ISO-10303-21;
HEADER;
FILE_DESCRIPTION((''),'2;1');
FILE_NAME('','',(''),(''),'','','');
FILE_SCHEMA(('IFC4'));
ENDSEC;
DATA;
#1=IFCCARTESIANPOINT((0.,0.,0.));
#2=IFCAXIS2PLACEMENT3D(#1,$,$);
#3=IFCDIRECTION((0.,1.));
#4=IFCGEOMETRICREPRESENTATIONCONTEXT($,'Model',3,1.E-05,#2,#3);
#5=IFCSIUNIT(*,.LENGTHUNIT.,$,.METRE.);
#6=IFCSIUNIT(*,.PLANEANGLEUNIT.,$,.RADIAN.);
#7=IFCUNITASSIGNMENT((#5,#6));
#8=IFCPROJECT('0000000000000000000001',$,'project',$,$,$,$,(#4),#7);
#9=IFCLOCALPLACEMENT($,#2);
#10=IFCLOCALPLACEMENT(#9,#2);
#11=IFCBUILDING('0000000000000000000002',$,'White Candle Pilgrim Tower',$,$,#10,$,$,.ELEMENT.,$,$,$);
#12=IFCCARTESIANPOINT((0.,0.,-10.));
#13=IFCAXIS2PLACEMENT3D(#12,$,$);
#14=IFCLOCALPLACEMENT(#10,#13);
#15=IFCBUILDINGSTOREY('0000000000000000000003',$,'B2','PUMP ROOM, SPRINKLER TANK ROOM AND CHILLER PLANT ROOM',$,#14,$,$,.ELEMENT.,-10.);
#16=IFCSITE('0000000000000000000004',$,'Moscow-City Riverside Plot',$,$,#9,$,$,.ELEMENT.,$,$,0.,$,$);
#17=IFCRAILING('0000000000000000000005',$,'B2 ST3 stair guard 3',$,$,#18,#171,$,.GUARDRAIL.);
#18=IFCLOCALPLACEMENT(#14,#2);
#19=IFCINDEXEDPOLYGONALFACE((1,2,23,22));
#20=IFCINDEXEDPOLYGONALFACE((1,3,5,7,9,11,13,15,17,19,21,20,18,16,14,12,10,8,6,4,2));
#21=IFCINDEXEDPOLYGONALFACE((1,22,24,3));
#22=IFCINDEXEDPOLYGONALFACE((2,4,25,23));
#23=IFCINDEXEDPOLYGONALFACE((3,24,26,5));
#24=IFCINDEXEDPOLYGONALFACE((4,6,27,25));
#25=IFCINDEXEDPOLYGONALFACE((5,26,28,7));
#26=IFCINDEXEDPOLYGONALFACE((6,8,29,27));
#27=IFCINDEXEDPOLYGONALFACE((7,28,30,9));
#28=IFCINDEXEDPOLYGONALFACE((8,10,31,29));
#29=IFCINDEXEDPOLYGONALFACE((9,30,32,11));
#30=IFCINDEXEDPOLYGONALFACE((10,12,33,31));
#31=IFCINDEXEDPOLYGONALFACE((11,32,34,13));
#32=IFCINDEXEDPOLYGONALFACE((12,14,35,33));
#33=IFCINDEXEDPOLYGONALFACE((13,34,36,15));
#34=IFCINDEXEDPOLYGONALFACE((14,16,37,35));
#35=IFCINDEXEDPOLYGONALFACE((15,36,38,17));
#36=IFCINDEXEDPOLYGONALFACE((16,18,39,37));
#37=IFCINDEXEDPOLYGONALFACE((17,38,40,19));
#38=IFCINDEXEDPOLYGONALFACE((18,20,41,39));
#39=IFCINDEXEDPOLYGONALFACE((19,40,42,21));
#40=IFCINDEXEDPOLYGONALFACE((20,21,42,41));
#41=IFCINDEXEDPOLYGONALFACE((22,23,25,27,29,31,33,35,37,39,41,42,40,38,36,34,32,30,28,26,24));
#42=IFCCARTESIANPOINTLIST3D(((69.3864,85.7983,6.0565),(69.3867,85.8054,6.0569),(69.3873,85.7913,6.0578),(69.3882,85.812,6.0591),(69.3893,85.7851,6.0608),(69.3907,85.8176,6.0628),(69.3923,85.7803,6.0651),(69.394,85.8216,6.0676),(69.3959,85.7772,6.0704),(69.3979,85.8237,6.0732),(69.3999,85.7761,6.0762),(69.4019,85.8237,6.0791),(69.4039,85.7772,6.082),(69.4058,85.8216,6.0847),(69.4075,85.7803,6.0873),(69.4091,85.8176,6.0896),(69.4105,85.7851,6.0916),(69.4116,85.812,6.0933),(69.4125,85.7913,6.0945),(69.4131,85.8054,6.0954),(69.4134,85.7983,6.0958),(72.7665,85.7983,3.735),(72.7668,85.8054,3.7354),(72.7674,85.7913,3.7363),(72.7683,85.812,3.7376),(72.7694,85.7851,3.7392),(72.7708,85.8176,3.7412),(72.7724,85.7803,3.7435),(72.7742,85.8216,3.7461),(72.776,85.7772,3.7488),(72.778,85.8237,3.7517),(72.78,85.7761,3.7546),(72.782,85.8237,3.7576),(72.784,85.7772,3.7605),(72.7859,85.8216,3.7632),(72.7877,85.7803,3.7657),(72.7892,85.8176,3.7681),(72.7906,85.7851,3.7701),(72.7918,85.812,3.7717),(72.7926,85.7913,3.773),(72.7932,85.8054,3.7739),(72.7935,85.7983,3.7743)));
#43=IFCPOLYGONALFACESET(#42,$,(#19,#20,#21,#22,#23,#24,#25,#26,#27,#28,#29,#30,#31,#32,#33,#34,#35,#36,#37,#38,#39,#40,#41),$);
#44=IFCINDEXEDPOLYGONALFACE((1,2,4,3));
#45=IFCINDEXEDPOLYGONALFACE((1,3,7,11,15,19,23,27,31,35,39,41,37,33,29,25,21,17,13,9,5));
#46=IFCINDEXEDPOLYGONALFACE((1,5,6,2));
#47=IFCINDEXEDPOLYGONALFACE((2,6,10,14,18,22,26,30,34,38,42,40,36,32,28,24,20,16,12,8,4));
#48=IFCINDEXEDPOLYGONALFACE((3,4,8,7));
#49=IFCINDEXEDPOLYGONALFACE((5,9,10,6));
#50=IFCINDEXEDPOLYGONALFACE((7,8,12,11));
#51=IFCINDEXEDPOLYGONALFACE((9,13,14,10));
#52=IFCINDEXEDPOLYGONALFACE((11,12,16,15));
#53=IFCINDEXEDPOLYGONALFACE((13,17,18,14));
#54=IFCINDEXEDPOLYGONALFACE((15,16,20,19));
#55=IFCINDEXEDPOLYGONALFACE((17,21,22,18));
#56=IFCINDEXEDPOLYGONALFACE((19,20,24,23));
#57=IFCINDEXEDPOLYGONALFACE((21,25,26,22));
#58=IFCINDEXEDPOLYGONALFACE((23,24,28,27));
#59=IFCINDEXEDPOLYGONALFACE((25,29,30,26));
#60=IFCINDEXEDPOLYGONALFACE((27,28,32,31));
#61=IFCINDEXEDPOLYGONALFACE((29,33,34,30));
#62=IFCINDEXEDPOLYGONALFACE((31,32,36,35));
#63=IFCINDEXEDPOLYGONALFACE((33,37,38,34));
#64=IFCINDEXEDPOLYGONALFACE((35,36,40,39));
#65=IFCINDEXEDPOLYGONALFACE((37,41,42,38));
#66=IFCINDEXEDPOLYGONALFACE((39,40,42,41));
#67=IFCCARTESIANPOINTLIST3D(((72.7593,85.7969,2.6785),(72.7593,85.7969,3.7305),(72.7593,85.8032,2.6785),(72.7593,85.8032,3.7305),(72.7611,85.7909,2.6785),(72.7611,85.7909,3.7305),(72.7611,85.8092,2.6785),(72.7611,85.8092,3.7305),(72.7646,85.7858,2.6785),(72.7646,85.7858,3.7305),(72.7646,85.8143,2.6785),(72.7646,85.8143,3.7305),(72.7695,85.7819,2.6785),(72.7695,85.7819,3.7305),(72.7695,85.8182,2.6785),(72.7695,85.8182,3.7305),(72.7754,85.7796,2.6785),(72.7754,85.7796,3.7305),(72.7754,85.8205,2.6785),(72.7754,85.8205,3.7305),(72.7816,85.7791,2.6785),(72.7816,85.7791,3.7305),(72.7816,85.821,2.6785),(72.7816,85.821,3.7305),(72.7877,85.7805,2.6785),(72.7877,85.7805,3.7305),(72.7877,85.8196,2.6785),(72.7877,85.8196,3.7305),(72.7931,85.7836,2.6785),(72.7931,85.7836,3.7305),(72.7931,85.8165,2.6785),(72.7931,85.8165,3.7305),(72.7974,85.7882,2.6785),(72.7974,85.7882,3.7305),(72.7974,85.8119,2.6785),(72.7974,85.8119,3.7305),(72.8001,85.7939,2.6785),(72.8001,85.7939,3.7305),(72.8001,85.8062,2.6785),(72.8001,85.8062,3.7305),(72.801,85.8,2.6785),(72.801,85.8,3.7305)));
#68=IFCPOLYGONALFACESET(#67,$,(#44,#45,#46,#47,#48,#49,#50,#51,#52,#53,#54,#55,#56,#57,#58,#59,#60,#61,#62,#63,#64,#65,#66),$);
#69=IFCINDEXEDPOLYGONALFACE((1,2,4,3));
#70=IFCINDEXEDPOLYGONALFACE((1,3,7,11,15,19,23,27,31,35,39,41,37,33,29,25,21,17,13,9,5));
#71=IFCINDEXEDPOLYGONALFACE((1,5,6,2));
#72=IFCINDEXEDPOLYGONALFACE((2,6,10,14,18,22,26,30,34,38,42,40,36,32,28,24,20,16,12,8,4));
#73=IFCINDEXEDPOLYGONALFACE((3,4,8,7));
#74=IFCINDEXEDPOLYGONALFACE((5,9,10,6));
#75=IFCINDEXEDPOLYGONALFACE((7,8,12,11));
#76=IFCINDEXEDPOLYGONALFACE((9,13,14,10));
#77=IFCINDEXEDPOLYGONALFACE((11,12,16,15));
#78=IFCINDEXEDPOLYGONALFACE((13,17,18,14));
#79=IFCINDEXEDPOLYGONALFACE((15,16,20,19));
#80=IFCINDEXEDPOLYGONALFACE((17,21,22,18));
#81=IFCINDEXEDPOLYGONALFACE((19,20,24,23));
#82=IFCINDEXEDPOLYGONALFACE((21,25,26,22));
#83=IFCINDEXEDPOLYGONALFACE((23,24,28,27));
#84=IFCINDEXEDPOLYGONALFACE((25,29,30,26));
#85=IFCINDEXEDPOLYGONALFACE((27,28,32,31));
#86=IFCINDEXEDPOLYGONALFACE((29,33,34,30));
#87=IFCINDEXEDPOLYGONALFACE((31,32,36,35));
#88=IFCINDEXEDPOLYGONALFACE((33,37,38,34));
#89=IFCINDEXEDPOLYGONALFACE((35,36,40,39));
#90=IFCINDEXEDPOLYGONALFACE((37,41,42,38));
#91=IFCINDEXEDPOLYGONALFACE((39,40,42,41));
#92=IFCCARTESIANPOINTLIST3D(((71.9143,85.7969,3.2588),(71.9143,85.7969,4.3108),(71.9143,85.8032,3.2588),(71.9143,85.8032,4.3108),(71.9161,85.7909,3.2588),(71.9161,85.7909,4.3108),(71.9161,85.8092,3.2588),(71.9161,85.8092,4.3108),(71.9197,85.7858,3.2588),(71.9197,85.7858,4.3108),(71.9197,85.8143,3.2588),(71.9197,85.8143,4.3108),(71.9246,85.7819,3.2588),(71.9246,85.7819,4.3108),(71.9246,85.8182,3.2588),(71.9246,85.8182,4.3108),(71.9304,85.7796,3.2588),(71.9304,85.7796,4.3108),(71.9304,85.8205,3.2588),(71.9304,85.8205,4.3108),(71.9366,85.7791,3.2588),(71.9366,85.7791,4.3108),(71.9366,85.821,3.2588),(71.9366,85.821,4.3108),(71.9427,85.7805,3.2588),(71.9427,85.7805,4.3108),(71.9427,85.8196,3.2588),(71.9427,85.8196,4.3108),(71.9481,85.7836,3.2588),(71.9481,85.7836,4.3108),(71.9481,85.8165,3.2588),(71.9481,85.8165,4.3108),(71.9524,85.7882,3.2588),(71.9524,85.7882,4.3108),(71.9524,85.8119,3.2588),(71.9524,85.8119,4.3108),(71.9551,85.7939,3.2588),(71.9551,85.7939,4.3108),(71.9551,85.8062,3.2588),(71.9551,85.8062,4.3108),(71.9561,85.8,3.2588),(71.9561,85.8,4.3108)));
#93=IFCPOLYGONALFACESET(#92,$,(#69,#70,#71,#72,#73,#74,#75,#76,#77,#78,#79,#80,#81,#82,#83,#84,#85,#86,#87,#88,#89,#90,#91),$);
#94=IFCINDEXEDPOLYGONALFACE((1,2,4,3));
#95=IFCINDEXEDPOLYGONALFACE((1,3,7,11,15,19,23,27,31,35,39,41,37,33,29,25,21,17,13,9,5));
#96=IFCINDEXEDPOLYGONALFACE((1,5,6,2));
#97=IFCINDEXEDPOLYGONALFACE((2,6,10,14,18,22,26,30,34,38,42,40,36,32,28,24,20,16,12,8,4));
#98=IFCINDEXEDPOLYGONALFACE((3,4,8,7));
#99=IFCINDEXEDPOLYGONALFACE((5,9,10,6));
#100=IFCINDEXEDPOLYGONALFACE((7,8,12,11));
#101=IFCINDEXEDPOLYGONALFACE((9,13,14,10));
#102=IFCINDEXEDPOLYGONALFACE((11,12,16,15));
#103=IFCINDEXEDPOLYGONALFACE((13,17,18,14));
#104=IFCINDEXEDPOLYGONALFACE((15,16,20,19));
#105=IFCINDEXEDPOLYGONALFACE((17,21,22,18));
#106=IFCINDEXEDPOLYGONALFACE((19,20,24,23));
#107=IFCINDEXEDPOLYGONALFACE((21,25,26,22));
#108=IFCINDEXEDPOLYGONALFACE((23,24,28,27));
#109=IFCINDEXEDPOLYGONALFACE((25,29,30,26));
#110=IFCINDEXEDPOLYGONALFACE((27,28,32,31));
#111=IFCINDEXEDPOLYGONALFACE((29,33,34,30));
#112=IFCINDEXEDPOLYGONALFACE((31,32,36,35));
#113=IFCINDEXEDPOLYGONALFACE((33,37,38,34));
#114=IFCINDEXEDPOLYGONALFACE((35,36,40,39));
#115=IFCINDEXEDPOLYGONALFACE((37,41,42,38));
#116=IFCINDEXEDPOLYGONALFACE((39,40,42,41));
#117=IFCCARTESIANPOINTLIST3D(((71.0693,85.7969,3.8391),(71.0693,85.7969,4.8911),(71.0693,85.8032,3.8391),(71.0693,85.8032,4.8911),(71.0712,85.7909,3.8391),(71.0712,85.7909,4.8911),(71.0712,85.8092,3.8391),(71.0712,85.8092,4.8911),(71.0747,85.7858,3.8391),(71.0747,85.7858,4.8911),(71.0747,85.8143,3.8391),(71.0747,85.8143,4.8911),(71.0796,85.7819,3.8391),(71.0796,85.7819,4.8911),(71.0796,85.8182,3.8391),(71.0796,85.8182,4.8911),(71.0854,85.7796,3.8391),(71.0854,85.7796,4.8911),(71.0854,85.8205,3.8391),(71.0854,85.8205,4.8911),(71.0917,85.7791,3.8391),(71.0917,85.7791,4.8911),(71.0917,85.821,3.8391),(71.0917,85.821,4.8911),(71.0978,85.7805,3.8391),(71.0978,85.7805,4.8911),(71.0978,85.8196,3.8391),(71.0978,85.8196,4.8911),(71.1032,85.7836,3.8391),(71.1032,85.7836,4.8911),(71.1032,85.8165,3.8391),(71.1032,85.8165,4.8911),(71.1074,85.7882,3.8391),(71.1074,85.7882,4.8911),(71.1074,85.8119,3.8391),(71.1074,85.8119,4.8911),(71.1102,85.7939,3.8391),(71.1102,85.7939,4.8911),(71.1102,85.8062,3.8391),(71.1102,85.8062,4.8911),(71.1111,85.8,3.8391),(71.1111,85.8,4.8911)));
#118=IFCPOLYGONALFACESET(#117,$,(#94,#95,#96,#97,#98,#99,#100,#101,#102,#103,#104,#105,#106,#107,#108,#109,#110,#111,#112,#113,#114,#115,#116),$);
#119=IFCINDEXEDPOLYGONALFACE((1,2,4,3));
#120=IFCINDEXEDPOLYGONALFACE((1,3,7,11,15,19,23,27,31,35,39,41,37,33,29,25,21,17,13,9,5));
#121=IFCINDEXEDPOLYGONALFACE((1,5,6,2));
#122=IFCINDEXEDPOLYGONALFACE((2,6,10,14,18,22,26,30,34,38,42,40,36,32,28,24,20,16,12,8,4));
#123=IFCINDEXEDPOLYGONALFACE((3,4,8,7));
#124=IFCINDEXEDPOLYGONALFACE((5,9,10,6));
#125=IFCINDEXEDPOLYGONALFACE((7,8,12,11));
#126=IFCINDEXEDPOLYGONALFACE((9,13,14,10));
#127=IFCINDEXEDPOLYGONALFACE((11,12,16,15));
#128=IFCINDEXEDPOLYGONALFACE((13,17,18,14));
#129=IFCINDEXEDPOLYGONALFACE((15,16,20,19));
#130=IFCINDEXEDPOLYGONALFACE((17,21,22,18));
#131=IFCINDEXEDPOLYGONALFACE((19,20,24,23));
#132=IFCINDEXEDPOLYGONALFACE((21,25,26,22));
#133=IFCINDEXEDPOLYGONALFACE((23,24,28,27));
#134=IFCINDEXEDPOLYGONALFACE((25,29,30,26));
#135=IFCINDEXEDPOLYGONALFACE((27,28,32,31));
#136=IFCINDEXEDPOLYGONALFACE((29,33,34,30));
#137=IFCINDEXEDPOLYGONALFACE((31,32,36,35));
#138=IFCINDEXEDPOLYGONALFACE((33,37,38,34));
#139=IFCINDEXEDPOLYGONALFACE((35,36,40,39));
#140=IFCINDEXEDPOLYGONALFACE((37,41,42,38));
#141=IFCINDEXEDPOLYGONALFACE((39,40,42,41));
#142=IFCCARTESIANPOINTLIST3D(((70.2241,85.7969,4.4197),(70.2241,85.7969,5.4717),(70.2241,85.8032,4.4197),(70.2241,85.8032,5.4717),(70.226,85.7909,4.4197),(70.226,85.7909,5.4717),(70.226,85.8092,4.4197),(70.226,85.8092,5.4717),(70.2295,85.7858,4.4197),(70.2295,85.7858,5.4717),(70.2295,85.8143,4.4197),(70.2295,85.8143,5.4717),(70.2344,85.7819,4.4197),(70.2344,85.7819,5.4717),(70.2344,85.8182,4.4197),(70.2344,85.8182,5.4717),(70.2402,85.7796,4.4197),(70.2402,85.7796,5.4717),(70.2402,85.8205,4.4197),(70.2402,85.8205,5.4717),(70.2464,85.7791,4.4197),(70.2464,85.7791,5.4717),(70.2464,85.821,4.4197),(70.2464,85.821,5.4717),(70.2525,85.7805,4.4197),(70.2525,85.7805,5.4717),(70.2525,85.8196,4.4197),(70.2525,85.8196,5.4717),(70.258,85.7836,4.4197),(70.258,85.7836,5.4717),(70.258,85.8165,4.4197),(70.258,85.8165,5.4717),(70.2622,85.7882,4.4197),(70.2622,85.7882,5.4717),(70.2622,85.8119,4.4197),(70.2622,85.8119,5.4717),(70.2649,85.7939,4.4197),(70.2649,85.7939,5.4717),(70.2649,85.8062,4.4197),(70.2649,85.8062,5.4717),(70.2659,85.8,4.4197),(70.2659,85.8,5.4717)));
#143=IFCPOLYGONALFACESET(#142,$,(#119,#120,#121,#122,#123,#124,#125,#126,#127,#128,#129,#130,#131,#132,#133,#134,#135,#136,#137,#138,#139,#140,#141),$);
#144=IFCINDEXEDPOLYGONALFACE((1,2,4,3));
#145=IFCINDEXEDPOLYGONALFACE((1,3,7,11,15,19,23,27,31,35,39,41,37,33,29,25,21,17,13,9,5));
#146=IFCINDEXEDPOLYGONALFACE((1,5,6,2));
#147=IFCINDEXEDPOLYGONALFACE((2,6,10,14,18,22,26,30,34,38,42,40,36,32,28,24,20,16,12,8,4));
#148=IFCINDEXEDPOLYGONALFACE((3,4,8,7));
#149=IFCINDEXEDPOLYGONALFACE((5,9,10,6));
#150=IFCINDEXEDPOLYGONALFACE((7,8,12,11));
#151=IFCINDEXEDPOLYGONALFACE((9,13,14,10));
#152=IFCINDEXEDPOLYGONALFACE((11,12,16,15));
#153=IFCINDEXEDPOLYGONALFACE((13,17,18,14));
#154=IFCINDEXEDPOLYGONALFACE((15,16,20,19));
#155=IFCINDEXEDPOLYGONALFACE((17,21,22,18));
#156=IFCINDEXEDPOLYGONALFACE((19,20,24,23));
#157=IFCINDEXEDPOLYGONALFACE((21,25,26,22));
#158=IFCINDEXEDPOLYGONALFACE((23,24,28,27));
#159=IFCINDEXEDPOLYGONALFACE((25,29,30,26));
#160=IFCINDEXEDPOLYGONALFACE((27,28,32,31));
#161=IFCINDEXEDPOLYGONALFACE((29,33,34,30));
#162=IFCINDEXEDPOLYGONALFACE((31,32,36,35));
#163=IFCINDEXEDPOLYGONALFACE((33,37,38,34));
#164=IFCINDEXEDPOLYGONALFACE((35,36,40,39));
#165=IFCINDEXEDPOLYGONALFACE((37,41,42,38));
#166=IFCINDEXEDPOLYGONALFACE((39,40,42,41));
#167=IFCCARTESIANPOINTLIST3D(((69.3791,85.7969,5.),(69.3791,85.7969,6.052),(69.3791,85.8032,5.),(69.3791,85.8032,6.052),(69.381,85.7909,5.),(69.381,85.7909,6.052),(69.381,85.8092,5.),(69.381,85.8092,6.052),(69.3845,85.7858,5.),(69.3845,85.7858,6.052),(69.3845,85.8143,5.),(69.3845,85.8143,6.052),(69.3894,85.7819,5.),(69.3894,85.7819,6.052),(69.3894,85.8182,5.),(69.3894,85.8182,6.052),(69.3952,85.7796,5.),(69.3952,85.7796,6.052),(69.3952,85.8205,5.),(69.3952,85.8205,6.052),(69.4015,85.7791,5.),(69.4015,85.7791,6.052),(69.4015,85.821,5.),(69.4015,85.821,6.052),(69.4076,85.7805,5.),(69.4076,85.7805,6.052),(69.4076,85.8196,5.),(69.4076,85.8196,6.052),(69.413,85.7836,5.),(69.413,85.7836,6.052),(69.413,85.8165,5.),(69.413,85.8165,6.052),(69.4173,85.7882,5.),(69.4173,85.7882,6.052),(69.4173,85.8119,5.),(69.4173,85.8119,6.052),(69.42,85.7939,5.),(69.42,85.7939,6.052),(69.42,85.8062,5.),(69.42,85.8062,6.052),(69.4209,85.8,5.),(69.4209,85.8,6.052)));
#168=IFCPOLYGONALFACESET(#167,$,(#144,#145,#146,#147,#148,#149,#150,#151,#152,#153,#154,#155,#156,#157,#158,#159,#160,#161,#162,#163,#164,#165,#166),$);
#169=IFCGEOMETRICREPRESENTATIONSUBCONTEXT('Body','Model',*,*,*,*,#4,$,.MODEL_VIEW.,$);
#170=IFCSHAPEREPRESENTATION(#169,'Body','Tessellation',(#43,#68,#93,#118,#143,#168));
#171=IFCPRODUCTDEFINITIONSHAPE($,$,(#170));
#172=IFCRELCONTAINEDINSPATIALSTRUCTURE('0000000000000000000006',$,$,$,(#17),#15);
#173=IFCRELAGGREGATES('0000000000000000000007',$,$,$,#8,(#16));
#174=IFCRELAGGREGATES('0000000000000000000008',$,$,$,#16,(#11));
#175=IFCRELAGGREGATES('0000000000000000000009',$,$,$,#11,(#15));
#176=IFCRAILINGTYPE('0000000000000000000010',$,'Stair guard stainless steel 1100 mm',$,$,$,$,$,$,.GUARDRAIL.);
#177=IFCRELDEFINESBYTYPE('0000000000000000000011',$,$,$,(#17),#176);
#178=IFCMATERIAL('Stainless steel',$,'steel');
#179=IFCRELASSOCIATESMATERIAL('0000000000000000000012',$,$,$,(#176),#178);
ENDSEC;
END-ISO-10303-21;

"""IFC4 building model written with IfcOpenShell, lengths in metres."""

from ifc_helpers import new_model, si_unit, direction, frame, origin, origin_2d, place, context, subcontext, project, spatial, circle, extrude, material, type_object, element, save


model = new_model("IFC4")

# Units and contexts
model_context = context("Model", 3, precision=1e-05, world=origin(), true_north=direction((0.0, 1.0)))
body_context = subcontext(model_context, "Body", "Model", "MODEL_VIEW")
ifc_project = project(units=[si_unit("LENGTHUNIT", "METRE"), si_unit("PLANEANGLEUNIT", "RADIAN")], contexts=[model_context])

# Site, building, storey
site_placement = place(None, origin())
site = spatial("IfcSite", under=ifc_project, at=site_placement, Name="Moscow-City Riverside Plot", CompositionType="ELEMENT", RefElevation=0.0)
building_placement = place(site_placement, origin())
building = spatial("IfcBuilding", under=site, at=building_placement, Name="White Candle Pilgrim Tower", CompositionType="ELEMENT")
storey_placement = place(building_placement, frame((0.0, 0.0, -10.0)))
storey = spatial("IfcBuildingStorey", under=building, at=storey_placement, Name="B2", Description="PUMP ROOM, SPRINKLER TANK ROOM AND CHILLER PLANT ROOM", CompositionType="ELEMENT", Elevation=-10.0)

# Railing
ifc_material_1 = material(Name="Stainless steel", Category="steel")
railing_type_1 = type_object("IfcRailingType", Name="Stair guard stainless steel 1100 mm", PredefinedType="GUARDRAIL", material=ifc_material_1)
railing_1_placement = place(storey_placement, frame((72.78, 85.8, 2.6785)))
element("IfcRailing", 1, at=railing_1_placement, inside=storey, type_object=railing_type_1, Name="B2 ST3 stair guard 3", PredefinedType="GUARDRAIL", context=body_context, shape_type="SweptSolid", body=[
    extrude(circle(Radius=0.0239, at=origin_2d()), frame((0.0, 0.0, 1.0762), z_axis=(-0.824304, 0.0, 0.566147), x_axis=(0.0, -1.0, 0.0)), (0.0, 0.0, 1.0), 4.1006),
    extrude(circle(Radius=0.021, at=origin_2d()), origin(), (0.0, 0.0, 1.0), 1.052),
    extrude(circle(Radius=0.021, at=origin_2d()), frame((-0.845, 0.0, 0.5803)), (0.0, 0.0, 1.0), 1.052),
    extrude(circle(Radius=0.021, at=origin_2d()), frame((-1.6899, 0.0, 1.1606)), (0.0, 0.0, 1.0), 1.052),
    extrude(circle(Radius=0.021, at=origin_2d()), frame((-2.5352, 0.0, 1.7412)), (0.0, 0.0, 1.0), 1.052),
    extrude(circle(Radius=0.021, at=origin_2d()), frame((-3.3801, 0.0, 2.3215)), (0.0, 0.0, 1.0), 1.052),
])

save(model, "model.ifc")
